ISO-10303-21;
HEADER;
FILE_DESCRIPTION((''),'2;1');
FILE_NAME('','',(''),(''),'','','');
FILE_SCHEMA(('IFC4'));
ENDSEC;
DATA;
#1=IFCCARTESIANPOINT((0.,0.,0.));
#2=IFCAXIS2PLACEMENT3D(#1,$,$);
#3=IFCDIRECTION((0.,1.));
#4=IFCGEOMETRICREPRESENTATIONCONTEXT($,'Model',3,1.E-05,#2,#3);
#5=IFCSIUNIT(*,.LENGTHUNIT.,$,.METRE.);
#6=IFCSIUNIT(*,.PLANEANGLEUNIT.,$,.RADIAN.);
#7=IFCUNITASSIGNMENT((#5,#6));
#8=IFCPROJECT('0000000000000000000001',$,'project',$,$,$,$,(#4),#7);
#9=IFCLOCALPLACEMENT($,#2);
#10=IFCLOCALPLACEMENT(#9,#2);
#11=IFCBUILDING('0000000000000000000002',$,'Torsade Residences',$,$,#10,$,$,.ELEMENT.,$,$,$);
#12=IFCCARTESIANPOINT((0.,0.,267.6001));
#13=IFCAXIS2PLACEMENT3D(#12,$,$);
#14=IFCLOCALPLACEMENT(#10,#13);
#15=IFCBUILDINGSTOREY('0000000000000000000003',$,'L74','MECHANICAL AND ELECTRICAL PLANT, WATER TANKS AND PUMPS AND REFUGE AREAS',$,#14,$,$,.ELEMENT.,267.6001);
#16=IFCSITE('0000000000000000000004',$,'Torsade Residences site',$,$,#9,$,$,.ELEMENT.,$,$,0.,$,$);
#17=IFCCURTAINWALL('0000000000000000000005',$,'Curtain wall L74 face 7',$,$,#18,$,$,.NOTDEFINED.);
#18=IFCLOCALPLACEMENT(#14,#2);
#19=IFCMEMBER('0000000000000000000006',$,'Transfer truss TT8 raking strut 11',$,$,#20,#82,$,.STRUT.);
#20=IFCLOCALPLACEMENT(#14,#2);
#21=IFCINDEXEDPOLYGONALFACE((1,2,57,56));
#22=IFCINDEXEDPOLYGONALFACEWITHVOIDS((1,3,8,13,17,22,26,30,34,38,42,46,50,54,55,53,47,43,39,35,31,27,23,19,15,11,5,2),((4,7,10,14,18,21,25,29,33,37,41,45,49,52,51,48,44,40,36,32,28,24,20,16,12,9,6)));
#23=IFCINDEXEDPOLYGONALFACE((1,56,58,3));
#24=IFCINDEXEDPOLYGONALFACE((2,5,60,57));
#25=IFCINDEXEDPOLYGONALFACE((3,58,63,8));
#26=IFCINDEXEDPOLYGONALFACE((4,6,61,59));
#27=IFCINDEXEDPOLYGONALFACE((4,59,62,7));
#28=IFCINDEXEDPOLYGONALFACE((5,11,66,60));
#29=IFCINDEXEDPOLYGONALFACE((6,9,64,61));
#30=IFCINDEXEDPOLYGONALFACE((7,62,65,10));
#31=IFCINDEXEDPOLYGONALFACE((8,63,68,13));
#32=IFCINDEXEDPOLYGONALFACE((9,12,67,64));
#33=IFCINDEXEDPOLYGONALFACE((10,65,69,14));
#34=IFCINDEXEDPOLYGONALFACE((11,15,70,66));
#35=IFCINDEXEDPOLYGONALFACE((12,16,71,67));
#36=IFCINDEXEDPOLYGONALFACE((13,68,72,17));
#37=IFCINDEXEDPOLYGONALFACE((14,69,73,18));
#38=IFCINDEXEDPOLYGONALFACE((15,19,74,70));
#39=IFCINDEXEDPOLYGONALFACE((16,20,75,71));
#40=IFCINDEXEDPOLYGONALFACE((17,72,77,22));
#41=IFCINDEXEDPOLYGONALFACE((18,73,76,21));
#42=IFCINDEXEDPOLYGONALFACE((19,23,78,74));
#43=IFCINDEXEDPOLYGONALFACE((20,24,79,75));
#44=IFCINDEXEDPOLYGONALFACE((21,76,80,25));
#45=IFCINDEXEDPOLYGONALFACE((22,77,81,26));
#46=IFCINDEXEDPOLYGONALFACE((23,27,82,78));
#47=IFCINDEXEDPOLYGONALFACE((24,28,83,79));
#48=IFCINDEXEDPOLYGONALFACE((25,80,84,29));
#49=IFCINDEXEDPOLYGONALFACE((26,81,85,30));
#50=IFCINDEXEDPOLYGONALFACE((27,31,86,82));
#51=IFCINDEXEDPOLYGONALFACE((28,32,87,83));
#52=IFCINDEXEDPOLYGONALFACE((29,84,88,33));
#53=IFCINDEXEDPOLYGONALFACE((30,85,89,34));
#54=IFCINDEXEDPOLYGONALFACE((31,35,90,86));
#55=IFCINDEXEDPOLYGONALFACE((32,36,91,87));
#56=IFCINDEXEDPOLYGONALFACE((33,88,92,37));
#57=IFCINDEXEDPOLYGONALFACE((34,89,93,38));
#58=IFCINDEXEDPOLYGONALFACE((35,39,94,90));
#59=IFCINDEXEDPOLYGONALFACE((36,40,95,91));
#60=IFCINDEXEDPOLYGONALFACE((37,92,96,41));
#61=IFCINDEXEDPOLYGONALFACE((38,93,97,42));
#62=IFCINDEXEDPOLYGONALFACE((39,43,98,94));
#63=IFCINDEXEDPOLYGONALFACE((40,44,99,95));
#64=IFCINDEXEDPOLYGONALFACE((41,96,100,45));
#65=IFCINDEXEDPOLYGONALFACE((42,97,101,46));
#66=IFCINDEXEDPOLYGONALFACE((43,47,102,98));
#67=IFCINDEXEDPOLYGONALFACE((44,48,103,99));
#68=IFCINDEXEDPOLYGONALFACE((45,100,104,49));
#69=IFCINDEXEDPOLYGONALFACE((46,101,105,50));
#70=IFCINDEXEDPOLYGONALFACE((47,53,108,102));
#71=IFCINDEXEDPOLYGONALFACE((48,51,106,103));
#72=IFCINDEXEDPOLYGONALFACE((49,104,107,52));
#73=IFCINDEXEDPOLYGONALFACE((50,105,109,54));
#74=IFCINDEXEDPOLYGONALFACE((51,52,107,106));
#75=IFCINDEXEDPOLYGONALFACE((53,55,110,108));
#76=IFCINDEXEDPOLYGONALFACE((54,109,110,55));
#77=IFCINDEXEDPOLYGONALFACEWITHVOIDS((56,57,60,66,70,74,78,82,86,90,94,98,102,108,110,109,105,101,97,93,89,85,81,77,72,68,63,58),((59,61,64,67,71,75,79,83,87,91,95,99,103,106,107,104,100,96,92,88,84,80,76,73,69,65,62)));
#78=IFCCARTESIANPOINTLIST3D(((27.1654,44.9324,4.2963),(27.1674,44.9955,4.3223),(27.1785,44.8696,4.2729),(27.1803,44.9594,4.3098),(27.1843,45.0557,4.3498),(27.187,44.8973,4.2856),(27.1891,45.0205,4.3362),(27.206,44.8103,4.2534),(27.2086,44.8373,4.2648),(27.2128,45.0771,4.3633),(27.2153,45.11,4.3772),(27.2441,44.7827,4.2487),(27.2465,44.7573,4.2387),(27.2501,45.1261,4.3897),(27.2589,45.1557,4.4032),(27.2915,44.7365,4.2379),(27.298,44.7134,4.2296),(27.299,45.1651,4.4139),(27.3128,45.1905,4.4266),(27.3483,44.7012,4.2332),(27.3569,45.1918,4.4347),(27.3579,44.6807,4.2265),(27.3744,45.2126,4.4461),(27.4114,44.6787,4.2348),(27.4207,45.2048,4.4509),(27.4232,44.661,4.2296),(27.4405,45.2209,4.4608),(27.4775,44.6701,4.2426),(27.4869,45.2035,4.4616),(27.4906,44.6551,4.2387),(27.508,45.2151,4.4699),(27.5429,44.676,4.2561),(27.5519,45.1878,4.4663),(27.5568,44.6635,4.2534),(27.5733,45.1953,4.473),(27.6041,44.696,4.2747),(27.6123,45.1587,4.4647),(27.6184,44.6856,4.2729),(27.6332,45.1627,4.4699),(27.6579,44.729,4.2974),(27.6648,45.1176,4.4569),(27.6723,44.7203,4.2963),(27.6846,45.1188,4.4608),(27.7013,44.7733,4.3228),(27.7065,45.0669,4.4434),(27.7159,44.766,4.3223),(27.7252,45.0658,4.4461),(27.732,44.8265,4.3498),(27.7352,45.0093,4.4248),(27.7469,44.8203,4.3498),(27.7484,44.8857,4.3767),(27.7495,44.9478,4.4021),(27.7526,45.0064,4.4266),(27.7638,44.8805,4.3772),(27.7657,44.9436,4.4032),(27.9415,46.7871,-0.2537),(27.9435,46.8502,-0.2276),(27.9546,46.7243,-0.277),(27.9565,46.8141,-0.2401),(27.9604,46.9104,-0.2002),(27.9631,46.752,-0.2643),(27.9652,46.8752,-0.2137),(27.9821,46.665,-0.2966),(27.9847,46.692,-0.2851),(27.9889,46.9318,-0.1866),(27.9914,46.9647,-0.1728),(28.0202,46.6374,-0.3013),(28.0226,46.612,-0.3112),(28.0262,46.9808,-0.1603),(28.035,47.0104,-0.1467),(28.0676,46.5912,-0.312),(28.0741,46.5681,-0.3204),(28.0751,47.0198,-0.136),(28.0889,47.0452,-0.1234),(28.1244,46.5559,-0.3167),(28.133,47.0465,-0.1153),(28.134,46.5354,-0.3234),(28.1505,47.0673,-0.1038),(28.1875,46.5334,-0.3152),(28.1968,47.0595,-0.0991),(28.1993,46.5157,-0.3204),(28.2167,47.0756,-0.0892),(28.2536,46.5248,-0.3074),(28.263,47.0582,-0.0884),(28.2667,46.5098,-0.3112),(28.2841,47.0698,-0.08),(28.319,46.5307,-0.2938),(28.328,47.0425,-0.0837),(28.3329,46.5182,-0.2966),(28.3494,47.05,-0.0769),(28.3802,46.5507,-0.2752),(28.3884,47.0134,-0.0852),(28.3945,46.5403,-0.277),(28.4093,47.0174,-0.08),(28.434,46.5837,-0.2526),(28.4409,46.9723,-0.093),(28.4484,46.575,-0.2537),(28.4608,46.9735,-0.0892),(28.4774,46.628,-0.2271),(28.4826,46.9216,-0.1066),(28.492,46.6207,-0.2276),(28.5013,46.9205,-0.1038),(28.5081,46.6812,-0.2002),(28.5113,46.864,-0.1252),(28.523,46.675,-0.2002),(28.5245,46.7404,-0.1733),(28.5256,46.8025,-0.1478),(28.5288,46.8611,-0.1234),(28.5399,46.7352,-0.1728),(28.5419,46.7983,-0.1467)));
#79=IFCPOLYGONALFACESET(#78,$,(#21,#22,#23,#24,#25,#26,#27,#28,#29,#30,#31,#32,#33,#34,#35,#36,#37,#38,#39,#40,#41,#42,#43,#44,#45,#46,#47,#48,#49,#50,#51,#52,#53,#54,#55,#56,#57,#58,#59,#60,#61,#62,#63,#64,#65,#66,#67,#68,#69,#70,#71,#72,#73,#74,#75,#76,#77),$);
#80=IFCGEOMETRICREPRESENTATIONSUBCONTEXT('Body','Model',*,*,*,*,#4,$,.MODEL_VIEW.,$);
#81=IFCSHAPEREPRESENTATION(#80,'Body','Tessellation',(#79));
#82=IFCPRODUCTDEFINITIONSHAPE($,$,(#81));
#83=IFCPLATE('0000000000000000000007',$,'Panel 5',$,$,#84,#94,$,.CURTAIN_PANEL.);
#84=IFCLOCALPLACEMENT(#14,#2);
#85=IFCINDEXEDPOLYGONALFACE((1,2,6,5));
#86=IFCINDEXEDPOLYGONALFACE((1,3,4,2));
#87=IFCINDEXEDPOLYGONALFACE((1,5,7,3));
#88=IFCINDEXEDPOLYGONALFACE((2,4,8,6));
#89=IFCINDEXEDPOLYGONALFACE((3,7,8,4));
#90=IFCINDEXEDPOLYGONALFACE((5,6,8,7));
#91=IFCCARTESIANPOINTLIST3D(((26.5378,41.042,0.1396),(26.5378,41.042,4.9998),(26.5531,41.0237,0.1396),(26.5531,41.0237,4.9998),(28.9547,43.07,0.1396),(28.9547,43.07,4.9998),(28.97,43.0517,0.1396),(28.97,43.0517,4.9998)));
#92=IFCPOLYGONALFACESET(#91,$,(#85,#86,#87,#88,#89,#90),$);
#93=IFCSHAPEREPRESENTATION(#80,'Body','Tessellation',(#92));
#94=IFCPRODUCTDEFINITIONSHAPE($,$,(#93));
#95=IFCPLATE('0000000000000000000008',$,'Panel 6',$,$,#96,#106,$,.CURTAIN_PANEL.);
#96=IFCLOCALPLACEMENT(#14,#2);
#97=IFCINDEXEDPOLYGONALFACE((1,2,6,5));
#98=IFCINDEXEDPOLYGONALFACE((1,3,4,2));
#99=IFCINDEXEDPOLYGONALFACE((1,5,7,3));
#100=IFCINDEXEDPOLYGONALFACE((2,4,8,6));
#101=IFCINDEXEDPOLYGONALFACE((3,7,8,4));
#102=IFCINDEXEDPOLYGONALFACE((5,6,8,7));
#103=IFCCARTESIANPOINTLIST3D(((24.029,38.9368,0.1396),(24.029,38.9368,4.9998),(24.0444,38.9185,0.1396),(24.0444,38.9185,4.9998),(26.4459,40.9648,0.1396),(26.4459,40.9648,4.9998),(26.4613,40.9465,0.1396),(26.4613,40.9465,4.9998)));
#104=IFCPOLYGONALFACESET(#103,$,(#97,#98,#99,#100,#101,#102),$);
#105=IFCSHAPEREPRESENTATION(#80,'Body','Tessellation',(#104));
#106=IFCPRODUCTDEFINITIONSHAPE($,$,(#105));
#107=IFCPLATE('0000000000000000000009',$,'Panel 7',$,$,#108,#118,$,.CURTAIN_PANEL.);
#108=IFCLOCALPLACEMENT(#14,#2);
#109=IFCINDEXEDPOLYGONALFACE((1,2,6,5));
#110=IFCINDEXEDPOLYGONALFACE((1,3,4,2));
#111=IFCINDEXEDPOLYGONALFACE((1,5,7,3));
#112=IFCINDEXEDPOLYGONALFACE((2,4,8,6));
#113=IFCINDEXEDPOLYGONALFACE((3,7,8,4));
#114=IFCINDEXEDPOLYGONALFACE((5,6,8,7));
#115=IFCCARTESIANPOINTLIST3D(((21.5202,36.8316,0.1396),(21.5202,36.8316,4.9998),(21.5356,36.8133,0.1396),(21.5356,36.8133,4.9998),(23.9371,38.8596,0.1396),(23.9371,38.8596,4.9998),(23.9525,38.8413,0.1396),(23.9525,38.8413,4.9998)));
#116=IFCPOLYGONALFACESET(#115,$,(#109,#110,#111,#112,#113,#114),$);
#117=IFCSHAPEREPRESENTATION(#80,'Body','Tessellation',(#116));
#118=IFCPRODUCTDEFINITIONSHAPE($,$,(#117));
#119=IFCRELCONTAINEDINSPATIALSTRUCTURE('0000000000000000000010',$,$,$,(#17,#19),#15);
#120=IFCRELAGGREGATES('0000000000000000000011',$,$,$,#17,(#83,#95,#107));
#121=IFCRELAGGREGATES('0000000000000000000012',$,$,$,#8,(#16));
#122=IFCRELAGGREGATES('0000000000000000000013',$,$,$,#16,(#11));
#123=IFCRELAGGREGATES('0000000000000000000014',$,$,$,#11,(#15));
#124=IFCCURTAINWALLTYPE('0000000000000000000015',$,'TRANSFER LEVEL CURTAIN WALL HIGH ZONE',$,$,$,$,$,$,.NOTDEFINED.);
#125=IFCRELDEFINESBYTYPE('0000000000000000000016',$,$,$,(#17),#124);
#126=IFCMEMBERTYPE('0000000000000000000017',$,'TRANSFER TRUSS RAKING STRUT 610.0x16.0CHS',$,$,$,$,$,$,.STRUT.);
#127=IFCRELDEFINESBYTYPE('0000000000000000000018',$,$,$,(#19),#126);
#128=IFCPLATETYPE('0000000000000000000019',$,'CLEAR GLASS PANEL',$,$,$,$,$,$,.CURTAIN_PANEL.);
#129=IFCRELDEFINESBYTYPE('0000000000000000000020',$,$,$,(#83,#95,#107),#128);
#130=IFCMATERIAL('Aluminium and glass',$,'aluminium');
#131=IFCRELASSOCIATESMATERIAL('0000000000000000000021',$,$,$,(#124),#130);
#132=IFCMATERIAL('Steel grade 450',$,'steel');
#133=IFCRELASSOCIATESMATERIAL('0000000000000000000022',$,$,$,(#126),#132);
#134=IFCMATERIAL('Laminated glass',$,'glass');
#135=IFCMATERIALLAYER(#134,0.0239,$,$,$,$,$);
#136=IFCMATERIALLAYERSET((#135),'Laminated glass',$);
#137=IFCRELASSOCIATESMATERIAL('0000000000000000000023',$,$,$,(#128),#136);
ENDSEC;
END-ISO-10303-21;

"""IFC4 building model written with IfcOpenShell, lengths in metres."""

from ifc_helpers import new_model, si_unit, direction, frame, origin, origin_2d, place, context, subcontext, project, spatial, rectangle, hollow_circle, extrude, material, layer, layer_set, material_profile, profile_set, type_object, element, aggregate, save


model = new_model("IFC4")

# Units and contexts
model_context = context("Model", 3, precision=1e-05, world=origin(), true_north=direction((0.0, 1.0)))
body_context = subcontext(model_context, "Body", "Model", "MODEL_VIEW")
ifc_project = project(units=[si_unit("LENGTHUNIT", "METRE"), si_unit("PLANEANGLEUNIT", "RADIAN")], contexts=[model_context])

# Site, building, storey
site_placement = place(None, origin())
site = spatial("IfcSite", under=ifc_project, at=site_placement, Name="Torsade Residences site", CompositionType="ELEMENT", RefElevation=0.0)
building_placement = place(site_placement, origin())
building = spatial("IfcBuilding", under=site, at=building_placement, Name="Torsade Residences", CompositionType="ELEMENT")
storey_placement = place(building_placement, frame((0.0, 0.0, 267.6001)))
storey = spatial("IfcBuildingStorey", under=building, at=storey_placement, Name="L74", Description="MECHANICAL AND ELECTRICAL PLANT, WATER TANKS AND PUMPS AND REFUGE AREAS", CompositionType="ELEMENT", Elevation=267.6001)

# Curtain wall
ifc_material_1 = material(Name="Aluminium and glass", Category="aluminium")
curtain_wall_type = type_object("IfcCurtainWallType", Name="TRANSFER LEVEL CURTAIN WALL HIGH ZONE", PredefinedType="NOTDEFINED", material=ifc_material_1)
curtain_wall_placement = place(storey_placement, origin())
curtain_wall = element("IfcCurtainWall", 1, at=curtain_wall_placement, inside=storey, type_object=curtain_wall_type, Name="Curtain wall L74 face 7", PredefinedType="NOTDEFINED")

# Member
ifc_material_2 = material(Name="Steel grade 450", Category="steel")
ifc_material_profile_1 = material_profile(ifc_material_2, hollow_circle(Radius=0.3049, WallThickness=0.0161, at=origin_2d()), Name="610.0x16.0CHS")
ifc_profile_set_1 = profile_set([ifc_material_profile_1], Name="Steel grade 450")
member_type_1 = type_object("IfcMemberType", Name="TRANSFER TRUSS RAKING STRUT 610.0x16.0CHS", PredefinedType="STRUT", material=ifc_profile_set_1)
member_1_placement = place(storey_placement, frame((28.2417, 46.7927, -0.2002), z_axis=(-0.156021, -0.372851, 0.91468), x_axis=(0.92249, -0.38602, 0.0)))
element("IfcMember", 2, at=member_1_placement, inside=storey, type_object=member_type_1, Name="Transfer truss TT8 raking strut 11", PredefinedType="STRUT", context=body_context, shape_type="SweptSolid", body=[
    extrude(hollow_circle(Radius=0.3049, WallThickness=0.0161, at=origin_2d()), origin(), (0.0, 0.0, 1.0), 4.9744),
])

# Plates
ifc_material_3 = material(Name="Laminated glass", Category="glass")
ifc_layer_1 = layer(ifc_material_3, 0.0239)
ifc_layer_set_1 = layer_set([ifc_layer_1], Name="Laminated glass")
plate_type = type_object("IfcPlateType", Name="CLEAR GLASS PANEL", PredefinedType="CURTAIN_PANEL", material=ifc_layer_set_1)
plate_1_placement = place(storey_placement, frame((27.7539, 42.0469, 0.1396), z_axis=(0.0, 0.0, 1.0), x_axis=(-0.766044, -0.642788, 0.0)))
plate_1 = element("IfcPlate", 3, at=plate_1_placement, type_object=plate_type, Name="Panel 5", PredefinedType="CURTAIN_PANEL", context=body_context, shape_type="SweptSolid", body=[
    extrude(rectangle(XDim=3.155, YDim=0.0239, at=origin_2d()), origin(), (0.0, 0.0, 1.0), 4.8601),
])
plate_2_placement = place(storey_placement, frame((25.2451, 39.9417, 0.1396), z_axis=(0.0, 0.0, 1.0), x_axis=(-0.766044, -0.642788, 0.0)))
plate_2 = element("IfcPlate", 4, at=plate_2_placement, type_object=plate_type, Name="Panel 6", PredefinedType="CURTAIN_PANEL", context=body_context, shape_type="SweptSolid", body=[
    extrude(rectangle(XDim=3.155, YDim=0.0239, at=origin_2d()), origin(), (0.0, 0.0, 1.0), 4.8601),
])
plate_3_placement = place(storey_placement, frame((22.7363, 37.8364, 0.1396), z_axis=(0.0, 0.0, 1.0), x_axis=(-0.766044, -0.642788, 0.0)))
plate_3 = element("IfcPlate", 5, at=plate_3_placement, type_object=plate_type, Name="Panel 7", PredefinedType="CURTAIN_PANEL", context=body_context, shape_type="SweptSolid", body=[
    extrude(rectangle(XDim=3.155, YDim=0.0239, at=origin_2d()), origin(), (0.0, 0.0, 1.0), 4.8601),
])
aggregate(curtain_wall, [plate_1, plate_2, plate_3])

save(model, "model.ifc")
